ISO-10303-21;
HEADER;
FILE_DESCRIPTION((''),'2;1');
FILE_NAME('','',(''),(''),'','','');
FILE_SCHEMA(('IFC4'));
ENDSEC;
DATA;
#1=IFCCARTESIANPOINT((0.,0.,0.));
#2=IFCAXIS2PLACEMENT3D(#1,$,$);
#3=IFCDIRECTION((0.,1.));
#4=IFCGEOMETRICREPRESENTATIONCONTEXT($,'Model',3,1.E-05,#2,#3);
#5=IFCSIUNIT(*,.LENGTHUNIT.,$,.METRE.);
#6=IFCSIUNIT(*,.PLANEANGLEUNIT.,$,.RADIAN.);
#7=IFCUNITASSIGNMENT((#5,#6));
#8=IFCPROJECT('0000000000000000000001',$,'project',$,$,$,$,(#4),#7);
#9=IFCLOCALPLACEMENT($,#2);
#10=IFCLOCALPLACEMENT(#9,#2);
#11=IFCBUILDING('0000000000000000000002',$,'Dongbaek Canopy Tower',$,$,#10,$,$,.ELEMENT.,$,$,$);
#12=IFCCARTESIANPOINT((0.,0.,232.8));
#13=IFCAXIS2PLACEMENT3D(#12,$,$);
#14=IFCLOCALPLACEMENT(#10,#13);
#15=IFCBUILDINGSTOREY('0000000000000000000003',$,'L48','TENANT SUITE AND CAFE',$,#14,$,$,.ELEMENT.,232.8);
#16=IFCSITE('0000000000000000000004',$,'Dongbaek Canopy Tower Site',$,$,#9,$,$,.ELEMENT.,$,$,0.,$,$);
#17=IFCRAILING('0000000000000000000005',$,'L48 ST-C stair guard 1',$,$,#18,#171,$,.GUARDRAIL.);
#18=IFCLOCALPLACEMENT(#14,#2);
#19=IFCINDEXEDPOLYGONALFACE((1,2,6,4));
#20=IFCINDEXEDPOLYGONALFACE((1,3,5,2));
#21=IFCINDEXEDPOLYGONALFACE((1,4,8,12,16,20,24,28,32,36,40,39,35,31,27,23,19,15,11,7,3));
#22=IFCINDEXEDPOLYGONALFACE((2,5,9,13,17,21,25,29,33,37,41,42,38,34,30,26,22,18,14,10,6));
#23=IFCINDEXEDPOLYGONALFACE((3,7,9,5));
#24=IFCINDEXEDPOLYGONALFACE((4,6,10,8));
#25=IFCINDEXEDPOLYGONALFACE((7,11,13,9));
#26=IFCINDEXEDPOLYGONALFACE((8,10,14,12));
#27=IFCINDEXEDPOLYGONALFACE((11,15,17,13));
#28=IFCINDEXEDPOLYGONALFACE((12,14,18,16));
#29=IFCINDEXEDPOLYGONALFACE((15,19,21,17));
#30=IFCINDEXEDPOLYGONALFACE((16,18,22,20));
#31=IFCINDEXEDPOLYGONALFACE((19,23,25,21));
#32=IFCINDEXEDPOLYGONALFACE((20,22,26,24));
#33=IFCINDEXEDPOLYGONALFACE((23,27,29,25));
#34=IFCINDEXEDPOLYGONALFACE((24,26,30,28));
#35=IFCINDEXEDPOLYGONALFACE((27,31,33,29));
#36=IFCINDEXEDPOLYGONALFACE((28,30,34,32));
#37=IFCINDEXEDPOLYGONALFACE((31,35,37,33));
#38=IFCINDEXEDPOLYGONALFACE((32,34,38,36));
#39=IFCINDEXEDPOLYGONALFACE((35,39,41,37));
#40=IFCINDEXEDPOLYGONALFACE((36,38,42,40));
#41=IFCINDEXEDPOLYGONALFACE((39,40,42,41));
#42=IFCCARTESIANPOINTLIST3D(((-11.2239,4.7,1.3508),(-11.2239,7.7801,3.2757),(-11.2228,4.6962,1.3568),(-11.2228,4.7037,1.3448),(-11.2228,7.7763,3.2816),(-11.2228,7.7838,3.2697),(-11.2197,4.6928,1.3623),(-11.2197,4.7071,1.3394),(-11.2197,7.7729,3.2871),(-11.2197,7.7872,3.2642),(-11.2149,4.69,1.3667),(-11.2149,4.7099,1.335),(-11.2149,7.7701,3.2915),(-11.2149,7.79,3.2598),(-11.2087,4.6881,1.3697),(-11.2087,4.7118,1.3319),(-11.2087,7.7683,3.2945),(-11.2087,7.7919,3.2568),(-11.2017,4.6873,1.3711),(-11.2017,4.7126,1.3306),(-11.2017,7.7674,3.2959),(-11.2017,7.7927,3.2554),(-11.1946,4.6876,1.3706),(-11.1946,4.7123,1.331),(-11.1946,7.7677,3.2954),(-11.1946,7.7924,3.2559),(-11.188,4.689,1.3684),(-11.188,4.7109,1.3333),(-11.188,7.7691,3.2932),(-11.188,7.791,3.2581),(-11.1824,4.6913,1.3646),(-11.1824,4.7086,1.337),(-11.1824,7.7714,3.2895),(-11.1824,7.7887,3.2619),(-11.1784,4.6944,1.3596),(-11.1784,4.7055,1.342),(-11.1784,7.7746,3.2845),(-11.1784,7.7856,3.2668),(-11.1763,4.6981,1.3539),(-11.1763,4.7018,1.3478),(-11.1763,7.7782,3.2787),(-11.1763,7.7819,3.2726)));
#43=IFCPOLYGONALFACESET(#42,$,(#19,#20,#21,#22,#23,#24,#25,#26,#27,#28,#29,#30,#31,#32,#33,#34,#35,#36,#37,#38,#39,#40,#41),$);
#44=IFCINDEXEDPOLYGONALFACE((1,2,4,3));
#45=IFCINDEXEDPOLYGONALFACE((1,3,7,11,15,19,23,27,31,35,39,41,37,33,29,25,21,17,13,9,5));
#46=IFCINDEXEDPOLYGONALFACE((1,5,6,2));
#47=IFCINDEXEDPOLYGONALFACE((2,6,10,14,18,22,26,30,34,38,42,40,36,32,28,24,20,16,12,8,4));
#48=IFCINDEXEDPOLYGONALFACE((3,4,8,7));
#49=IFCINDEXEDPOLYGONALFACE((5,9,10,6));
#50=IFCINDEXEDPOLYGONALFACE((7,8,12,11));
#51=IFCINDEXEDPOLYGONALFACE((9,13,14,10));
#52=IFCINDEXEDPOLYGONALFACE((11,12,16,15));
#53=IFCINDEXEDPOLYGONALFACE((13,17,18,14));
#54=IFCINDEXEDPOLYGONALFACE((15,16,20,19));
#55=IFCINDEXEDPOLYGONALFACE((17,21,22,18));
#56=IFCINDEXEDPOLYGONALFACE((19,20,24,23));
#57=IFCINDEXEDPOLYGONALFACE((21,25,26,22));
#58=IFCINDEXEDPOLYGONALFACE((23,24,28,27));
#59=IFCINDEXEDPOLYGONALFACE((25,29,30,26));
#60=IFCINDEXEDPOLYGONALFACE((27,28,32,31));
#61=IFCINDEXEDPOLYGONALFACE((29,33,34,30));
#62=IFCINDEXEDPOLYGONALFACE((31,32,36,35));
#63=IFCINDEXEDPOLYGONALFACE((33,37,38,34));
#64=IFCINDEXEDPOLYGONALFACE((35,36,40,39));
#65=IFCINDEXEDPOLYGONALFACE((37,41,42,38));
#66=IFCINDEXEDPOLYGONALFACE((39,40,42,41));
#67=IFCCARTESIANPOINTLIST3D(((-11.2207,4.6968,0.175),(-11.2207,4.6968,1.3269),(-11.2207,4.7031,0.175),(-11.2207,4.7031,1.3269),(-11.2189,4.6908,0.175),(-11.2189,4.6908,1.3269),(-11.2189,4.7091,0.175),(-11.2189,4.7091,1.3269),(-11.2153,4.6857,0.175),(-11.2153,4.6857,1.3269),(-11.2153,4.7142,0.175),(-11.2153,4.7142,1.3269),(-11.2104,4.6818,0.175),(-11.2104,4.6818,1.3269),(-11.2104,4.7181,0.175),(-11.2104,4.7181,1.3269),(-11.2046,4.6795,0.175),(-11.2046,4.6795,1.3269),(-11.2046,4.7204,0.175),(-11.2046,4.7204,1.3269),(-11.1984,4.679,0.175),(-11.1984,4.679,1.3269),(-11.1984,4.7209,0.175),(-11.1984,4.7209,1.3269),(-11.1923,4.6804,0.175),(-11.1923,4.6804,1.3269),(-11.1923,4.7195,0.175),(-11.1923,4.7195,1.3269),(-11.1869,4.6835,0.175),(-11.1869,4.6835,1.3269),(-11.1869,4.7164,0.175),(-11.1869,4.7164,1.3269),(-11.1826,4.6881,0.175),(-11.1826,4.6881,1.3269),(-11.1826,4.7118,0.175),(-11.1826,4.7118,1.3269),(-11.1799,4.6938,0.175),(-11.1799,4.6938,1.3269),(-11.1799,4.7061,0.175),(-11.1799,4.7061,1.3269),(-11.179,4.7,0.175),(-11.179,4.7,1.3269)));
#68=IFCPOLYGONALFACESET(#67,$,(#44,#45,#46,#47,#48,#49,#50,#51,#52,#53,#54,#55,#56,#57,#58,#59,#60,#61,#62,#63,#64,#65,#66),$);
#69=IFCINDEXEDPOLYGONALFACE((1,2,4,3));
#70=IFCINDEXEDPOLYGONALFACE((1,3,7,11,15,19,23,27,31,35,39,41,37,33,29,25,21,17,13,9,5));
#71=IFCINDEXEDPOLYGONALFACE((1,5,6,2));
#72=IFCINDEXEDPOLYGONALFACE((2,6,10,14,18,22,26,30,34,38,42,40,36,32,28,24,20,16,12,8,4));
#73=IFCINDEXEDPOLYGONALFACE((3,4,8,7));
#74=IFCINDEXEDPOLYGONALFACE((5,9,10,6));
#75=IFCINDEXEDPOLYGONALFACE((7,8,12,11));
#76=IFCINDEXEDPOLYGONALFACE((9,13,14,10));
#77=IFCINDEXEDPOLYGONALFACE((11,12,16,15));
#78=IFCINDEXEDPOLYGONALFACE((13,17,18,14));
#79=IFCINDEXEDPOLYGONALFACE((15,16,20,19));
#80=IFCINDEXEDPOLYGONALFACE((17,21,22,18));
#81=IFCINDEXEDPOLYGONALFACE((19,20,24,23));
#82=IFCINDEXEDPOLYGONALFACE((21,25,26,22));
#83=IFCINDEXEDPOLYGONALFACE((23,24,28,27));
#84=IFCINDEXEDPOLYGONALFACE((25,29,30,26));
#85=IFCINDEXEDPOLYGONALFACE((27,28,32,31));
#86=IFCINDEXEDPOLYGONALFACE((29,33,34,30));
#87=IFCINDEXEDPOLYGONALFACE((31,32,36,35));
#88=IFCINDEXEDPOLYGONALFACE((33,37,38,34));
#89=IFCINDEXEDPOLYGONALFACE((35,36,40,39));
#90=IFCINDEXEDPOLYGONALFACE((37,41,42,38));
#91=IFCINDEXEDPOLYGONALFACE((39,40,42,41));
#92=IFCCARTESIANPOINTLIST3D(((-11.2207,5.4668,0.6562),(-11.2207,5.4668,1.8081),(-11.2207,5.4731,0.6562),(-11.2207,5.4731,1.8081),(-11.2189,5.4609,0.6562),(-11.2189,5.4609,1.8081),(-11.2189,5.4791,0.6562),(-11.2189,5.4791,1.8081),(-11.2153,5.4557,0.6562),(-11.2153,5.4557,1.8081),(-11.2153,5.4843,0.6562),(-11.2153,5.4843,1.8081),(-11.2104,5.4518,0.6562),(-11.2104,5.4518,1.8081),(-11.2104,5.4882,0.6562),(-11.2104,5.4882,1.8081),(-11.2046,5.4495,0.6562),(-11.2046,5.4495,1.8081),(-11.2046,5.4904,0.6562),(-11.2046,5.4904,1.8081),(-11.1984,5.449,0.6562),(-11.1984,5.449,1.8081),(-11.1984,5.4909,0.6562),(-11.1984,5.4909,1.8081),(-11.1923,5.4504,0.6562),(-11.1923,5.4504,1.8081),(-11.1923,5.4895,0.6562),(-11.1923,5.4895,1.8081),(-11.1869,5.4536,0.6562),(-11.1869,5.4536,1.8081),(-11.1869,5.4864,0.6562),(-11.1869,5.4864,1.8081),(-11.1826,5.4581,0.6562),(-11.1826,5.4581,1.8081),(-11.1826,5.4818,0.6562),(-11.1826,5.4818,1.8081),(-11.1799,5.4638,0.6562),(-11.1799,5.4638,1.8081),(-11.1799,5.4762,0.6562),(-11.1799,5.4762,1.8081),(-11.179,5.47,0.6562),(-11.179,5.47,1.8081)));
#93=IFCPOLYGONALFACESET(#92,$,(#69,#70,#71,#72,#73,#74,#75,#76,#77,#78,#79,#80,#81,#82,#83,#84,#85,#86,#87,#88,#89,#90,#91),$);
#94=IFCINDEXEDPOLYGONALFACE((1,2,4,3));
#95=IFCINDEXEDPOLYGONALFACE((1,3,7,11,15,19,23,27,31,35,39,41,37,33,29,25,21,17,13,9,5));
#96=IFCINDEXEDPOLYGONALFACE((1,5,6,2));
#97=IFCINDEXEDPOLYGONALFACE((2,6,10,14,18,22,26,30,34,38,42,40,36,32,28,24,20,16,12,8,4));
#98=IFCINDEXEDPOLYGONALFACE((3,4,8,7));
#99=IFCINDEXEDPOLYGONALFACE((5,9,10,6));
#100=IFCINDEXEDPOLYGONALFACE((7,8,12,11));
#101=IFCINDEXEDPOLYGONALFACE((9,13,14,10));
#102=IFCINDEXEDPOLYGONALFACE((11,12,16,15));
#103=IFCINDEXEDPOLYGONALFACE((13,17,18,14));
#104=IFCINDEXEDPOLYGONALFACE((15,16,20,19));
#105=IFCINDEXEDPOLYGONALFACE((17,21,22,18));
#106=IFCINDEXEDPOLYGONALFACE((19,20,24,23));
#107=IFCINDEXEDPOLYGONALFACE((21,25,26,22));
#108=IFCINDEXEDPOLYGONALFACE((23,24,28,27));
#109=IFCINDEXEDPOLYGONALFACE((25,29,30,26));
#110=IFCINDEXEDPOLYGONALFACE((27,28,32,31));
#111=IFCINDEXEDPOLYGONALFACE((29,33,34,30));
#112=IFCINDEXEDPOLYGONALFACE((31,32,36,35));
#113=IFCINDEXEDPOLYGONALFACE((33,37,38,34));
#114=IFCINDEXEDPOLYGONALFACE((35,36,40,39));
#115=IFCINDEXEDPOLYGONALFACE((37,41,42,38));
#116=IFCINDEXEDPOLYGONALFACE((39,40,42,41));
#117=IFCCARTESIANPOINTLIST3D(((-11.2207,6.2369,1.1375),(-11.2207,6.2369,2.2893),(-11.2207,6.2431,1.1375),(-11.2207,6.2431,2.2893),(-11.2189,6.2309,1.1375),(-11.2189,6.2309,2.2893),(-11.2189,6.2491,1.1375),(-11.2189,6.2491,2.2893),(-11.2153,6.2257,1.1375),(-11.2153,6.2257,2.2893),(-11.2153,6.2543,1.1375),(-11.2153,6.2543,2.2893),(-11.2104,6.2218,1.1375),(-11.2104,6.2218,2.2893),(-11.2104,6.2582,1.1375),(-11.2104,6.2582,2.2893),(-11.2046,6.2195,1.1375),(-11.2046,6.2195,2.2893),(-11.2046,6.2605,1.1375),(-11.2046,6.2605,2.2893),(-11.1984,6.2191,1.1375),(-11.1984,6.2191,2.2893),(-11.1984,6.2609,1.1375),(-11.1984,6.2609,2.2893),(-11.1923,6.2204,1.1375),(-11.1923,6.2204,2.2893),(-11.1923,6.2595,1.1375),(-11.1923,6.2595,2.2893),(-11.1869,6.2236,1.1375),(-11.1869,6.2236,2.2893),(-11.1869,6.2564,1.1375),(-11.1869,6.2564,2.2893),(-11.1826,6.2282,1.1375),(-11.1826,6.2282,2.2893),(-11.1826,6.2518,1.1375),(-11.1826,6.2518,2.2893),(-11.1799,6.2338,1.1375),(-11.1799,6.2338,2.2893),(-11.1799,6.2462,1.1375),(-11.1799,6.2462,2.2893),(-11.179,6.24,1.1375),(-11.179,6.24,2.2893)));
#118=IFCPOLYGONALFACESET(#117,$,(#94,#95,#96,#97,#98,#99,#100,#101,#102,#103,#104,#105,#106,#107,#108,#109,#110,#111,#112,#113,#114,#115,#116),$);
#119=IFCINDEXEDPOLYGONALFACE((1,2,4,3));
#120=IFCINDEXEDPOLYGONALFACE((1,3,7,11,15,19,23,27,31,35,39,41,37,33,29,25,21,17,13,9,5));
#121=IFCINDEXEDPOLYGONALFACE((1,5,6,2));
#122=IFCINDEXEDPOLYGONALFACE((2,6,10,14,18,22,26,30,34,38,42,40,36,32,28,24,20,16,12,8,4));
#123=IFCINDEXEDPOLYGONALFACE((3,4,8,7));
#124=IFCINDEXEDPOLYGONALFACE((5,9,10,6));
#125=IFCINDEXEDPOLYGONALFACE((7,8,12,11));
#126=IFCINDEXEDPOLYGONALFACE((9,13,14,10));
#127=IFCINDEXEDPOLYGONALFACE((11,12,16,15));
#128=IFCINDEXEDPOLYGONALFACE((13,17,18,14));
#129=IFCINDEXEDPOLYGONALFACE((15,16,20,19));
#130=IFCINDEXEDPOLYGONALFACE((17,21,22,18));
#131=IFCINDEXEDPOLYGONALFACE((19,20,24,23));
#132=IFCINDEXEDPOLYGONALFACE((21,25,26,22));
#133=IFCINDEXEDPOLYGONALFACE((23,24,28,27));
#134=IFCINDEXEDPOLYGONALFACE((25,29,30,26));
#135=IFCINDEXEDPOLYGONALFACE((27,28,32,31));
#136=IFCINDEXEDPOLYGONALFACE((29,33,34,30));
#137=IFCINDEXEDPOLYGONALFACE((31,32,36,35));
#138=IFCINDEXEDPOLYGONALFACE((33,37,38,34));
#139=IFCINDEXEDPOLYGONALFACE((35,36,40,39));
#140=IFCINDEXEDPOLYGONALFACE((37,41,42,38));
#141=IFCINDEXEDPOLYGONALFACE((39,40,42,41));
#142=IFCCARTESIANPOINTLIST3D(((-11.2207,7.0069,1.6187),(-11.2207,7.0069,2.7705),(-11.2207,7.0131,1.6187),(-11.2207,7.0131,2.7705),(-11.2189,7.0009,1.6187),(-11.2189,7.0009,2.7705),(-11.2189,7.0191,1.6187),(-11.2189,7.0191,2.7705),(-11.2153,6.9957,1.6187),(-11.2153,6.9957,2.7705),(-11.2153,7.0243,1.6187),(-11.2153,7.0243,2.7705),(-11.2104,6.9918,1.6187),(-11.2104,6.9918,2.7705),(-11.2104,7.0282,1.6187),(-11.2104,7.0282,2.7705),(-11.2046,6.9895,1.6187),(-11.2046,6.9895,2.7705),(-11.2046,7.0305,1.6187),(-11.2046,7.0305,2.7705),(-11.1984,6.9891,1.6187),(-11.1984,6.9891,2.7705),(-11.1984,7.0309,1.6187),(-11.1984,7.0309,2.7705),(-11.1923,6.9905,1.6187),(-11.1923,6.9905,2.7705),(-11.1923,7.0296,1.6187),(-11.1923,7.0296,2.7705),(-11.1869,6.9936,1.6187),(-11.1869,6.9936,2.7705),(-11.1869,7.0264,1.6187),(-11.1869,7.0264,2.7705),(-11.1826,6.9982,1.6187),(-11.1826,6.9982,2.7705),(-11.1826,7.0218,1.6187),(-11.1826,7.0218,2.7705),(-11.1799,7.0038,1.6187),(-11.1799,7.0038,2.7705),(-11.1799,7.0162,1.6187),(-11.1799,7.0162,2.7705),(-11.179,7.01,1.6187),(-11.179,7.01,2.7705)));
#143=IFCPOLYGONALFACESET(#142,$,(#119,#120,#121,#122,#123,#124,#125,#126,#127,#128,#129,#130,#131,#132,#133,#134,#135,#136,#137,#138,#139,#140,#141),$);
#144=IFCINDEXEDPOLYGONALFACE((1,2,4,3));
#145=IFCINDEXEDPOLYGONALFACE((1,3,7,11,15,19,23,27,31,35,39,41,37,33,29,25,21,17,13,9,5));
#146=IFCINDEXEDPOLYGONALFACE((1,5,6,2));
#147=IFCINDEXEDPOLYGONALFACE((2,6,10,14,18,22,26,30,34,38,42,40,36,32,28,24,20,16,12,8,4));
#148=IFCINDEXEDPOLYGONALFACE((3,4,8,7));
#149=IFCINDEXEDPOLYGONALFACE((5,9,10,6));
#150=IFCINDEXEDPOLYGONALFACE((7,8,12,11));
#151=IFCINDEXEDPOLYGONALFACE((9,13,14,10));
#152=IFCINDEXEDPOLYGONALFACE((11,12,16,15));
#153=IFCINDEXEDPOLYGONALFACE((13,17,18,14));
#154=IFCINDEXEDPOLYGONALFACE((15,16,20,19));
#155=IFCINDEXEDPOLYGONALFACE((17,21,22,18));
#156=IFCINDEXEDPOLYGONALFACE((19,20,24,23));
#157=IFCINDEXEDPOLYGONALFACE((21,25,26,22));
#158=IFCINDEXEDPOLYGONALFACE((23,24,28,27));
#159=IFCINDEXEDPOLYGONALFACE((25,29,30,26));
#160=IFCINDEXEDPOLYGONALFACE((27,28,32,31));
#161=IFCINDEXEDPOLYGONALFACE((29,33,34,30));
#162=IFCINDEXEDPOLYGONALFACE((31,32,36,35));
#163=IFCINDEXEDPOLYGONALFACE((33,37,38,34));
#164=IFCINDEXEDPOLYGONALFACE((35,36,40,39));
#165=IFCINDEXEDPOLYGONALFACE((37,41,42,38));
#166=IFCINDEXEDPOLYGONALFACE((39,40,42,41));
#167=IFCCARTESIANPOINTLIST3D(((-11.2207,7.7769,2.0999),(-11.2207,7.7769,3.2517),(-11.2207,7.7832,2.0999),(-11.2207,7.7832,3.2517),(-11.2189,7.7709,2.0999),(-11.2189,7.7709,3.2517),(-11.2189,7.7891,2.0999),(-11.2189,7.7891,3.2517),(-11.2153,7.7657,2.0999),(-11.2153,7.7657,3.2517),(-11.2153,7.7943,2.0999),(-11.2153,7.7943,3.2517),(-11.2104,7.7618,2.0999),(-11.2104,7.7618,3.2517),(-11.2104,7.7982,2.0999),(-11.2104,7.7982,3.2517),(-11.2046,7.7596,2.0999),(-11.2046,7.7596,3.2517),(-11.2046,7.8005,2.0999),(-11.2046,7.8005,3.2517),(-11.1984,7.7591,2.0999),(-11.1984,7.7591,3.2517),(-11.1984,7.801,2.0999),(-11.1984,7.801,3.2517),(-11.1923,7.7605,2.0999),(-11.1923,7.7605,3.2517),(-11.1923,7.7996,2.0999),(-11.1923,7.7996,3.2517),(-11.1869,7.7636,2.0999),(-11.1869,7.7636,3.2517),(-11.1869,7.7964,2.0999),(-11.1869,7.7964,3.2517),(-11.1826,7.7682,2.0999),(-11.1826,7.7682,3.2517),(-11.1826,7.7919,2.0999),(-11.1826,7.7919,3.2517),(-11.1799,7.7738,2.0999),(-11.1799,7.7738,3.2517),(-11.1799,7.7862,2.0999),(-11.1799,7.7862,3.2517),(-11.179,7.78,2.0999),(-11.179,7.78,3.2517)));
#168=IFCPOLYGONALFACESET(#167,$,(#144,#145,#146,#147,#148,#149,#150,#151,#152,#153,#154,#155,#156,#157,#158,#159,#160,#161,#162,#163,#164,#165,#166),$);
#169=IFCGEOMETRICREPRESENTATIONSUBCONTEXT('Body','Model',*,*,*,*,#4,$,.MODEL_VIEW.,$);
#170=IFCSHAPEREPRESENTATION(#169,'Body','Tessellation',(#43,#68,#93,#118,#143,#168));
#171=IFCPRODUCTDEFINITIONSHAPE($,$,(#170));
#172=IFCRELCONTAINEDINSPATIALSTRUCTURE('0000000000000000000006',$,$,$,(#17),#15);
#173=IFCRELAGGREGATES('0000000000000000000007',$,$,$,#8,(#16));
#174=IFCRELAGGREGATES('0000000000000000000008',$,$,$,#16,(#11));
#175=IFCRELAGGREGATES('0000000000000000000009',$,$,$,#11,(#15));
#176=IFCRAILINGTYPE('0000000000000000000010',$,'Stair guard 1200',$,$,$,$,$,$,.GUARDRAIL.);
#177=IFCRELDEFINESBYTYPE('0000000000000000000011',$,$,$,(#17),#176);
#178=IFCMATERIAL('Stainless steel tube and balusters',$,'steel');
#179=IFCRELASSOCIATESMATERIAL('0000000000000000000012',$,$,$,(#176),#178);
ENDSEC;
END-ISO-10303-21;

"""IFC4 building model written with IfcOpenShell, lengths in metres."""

from ifc_helpers import new_model, si_unit, direction, frame, origin, origin_2d, place, context, subcontext, project, spatial, circle, extrude, material, type_object, element, save


model = new_model("IFC4")

# Units and contexts
model_context = context("Model", 3, precision=1e-05, world=origin(), true_north=direction((0.0, 1.0)))
body_context = subcontext(model_context, "Body", "Model", "MODEL_VIEW")
ifc_project = project(units=[si_unit("LENGTHUNIT", "METRE"), si_unit("PLANEANGLEUNIT", "RADIAN")], contexts=[model_context])

# Site, building, storey
site_placement = place(None, origin())
site = spatial("IfcSite", under=ifc_project, at=site_placement, Name="Dongbaek Canopy Tower Site", CompositionType="ELEMENT", RefElevation=0.0)
building_placement = place(site_placement, origin())
building = spatial("IfcBuilding", under=site, at=building_placement, Name="Dongbaek Canopy Tower", CompositionType="ELEMENT")
storey_placement = place(building_placement, frame((0.0, 0.0, 232.8)))
storey = spatial("IfcBuildingStorey", under=building, at=storey_placement, Name="L48", Description="TENANT SUITE AND CAFE", CompositionType="ELEMENT", Elevation=232.8)

# Railing
ifc_material_1 = material(Name="Stainless steel tube and balusters", Category="steel")
railing_type_1 = type_object("IfcRailingType", Name="Stair guard 1200", PredefinedType="GUARDRAIL", material=ifc_material_1)
railing_1_placement = place(storey_placement, frame((-11.2, 4.7, 0.175)))
element("IfcRailing", 1, at=railing_1_placement, inside=storey, type_object=railing_type_1, Name="L48 ST-C stair guard 1", PredefinedType="GUARDRAIL", context=body_context, shape_type="SweptSolid", body=[
    extrude(circle(Radius=0.0239, at=origin_2d()), frame((0.0, 0.0, 1.1758), z_axis=(0.0, 0.848029, 0.529951), x_axis=(-1.0, 0.0, 0.0)), (0.0, 0.0, 1.0), 3.6321),
    extrude(circle(Radius=0.021, at=origin_2d()), origin(), (0.0, 0.0, 1.0), 1.1519),
    extrude(circle(Radius=0.021, at=origin_2d()), frame((0.0, 0.77, 0.4812)), (0.0, 0.0, 1.0), 1.1519),
    extrude(circle(Radius=0.021, at=origin_2d()), frame((0.0, 1.54, 0.9624)), (0.0, 0.0, 1.0), 1.1519),
    extrude(circle(Radius=0.021, at=origin_2d()), frame((0.0, 2.3101, 1.4436)), (0.0, 0.0, 1.0), 1.1519),
    extrude(circle(Radius=0.021, at=origin_2d()), frame((0.0, 3.0801, 1.9248)), (0.0, 0.0, 1.0), 1.1519),
])

save(model, "model.ifc")
